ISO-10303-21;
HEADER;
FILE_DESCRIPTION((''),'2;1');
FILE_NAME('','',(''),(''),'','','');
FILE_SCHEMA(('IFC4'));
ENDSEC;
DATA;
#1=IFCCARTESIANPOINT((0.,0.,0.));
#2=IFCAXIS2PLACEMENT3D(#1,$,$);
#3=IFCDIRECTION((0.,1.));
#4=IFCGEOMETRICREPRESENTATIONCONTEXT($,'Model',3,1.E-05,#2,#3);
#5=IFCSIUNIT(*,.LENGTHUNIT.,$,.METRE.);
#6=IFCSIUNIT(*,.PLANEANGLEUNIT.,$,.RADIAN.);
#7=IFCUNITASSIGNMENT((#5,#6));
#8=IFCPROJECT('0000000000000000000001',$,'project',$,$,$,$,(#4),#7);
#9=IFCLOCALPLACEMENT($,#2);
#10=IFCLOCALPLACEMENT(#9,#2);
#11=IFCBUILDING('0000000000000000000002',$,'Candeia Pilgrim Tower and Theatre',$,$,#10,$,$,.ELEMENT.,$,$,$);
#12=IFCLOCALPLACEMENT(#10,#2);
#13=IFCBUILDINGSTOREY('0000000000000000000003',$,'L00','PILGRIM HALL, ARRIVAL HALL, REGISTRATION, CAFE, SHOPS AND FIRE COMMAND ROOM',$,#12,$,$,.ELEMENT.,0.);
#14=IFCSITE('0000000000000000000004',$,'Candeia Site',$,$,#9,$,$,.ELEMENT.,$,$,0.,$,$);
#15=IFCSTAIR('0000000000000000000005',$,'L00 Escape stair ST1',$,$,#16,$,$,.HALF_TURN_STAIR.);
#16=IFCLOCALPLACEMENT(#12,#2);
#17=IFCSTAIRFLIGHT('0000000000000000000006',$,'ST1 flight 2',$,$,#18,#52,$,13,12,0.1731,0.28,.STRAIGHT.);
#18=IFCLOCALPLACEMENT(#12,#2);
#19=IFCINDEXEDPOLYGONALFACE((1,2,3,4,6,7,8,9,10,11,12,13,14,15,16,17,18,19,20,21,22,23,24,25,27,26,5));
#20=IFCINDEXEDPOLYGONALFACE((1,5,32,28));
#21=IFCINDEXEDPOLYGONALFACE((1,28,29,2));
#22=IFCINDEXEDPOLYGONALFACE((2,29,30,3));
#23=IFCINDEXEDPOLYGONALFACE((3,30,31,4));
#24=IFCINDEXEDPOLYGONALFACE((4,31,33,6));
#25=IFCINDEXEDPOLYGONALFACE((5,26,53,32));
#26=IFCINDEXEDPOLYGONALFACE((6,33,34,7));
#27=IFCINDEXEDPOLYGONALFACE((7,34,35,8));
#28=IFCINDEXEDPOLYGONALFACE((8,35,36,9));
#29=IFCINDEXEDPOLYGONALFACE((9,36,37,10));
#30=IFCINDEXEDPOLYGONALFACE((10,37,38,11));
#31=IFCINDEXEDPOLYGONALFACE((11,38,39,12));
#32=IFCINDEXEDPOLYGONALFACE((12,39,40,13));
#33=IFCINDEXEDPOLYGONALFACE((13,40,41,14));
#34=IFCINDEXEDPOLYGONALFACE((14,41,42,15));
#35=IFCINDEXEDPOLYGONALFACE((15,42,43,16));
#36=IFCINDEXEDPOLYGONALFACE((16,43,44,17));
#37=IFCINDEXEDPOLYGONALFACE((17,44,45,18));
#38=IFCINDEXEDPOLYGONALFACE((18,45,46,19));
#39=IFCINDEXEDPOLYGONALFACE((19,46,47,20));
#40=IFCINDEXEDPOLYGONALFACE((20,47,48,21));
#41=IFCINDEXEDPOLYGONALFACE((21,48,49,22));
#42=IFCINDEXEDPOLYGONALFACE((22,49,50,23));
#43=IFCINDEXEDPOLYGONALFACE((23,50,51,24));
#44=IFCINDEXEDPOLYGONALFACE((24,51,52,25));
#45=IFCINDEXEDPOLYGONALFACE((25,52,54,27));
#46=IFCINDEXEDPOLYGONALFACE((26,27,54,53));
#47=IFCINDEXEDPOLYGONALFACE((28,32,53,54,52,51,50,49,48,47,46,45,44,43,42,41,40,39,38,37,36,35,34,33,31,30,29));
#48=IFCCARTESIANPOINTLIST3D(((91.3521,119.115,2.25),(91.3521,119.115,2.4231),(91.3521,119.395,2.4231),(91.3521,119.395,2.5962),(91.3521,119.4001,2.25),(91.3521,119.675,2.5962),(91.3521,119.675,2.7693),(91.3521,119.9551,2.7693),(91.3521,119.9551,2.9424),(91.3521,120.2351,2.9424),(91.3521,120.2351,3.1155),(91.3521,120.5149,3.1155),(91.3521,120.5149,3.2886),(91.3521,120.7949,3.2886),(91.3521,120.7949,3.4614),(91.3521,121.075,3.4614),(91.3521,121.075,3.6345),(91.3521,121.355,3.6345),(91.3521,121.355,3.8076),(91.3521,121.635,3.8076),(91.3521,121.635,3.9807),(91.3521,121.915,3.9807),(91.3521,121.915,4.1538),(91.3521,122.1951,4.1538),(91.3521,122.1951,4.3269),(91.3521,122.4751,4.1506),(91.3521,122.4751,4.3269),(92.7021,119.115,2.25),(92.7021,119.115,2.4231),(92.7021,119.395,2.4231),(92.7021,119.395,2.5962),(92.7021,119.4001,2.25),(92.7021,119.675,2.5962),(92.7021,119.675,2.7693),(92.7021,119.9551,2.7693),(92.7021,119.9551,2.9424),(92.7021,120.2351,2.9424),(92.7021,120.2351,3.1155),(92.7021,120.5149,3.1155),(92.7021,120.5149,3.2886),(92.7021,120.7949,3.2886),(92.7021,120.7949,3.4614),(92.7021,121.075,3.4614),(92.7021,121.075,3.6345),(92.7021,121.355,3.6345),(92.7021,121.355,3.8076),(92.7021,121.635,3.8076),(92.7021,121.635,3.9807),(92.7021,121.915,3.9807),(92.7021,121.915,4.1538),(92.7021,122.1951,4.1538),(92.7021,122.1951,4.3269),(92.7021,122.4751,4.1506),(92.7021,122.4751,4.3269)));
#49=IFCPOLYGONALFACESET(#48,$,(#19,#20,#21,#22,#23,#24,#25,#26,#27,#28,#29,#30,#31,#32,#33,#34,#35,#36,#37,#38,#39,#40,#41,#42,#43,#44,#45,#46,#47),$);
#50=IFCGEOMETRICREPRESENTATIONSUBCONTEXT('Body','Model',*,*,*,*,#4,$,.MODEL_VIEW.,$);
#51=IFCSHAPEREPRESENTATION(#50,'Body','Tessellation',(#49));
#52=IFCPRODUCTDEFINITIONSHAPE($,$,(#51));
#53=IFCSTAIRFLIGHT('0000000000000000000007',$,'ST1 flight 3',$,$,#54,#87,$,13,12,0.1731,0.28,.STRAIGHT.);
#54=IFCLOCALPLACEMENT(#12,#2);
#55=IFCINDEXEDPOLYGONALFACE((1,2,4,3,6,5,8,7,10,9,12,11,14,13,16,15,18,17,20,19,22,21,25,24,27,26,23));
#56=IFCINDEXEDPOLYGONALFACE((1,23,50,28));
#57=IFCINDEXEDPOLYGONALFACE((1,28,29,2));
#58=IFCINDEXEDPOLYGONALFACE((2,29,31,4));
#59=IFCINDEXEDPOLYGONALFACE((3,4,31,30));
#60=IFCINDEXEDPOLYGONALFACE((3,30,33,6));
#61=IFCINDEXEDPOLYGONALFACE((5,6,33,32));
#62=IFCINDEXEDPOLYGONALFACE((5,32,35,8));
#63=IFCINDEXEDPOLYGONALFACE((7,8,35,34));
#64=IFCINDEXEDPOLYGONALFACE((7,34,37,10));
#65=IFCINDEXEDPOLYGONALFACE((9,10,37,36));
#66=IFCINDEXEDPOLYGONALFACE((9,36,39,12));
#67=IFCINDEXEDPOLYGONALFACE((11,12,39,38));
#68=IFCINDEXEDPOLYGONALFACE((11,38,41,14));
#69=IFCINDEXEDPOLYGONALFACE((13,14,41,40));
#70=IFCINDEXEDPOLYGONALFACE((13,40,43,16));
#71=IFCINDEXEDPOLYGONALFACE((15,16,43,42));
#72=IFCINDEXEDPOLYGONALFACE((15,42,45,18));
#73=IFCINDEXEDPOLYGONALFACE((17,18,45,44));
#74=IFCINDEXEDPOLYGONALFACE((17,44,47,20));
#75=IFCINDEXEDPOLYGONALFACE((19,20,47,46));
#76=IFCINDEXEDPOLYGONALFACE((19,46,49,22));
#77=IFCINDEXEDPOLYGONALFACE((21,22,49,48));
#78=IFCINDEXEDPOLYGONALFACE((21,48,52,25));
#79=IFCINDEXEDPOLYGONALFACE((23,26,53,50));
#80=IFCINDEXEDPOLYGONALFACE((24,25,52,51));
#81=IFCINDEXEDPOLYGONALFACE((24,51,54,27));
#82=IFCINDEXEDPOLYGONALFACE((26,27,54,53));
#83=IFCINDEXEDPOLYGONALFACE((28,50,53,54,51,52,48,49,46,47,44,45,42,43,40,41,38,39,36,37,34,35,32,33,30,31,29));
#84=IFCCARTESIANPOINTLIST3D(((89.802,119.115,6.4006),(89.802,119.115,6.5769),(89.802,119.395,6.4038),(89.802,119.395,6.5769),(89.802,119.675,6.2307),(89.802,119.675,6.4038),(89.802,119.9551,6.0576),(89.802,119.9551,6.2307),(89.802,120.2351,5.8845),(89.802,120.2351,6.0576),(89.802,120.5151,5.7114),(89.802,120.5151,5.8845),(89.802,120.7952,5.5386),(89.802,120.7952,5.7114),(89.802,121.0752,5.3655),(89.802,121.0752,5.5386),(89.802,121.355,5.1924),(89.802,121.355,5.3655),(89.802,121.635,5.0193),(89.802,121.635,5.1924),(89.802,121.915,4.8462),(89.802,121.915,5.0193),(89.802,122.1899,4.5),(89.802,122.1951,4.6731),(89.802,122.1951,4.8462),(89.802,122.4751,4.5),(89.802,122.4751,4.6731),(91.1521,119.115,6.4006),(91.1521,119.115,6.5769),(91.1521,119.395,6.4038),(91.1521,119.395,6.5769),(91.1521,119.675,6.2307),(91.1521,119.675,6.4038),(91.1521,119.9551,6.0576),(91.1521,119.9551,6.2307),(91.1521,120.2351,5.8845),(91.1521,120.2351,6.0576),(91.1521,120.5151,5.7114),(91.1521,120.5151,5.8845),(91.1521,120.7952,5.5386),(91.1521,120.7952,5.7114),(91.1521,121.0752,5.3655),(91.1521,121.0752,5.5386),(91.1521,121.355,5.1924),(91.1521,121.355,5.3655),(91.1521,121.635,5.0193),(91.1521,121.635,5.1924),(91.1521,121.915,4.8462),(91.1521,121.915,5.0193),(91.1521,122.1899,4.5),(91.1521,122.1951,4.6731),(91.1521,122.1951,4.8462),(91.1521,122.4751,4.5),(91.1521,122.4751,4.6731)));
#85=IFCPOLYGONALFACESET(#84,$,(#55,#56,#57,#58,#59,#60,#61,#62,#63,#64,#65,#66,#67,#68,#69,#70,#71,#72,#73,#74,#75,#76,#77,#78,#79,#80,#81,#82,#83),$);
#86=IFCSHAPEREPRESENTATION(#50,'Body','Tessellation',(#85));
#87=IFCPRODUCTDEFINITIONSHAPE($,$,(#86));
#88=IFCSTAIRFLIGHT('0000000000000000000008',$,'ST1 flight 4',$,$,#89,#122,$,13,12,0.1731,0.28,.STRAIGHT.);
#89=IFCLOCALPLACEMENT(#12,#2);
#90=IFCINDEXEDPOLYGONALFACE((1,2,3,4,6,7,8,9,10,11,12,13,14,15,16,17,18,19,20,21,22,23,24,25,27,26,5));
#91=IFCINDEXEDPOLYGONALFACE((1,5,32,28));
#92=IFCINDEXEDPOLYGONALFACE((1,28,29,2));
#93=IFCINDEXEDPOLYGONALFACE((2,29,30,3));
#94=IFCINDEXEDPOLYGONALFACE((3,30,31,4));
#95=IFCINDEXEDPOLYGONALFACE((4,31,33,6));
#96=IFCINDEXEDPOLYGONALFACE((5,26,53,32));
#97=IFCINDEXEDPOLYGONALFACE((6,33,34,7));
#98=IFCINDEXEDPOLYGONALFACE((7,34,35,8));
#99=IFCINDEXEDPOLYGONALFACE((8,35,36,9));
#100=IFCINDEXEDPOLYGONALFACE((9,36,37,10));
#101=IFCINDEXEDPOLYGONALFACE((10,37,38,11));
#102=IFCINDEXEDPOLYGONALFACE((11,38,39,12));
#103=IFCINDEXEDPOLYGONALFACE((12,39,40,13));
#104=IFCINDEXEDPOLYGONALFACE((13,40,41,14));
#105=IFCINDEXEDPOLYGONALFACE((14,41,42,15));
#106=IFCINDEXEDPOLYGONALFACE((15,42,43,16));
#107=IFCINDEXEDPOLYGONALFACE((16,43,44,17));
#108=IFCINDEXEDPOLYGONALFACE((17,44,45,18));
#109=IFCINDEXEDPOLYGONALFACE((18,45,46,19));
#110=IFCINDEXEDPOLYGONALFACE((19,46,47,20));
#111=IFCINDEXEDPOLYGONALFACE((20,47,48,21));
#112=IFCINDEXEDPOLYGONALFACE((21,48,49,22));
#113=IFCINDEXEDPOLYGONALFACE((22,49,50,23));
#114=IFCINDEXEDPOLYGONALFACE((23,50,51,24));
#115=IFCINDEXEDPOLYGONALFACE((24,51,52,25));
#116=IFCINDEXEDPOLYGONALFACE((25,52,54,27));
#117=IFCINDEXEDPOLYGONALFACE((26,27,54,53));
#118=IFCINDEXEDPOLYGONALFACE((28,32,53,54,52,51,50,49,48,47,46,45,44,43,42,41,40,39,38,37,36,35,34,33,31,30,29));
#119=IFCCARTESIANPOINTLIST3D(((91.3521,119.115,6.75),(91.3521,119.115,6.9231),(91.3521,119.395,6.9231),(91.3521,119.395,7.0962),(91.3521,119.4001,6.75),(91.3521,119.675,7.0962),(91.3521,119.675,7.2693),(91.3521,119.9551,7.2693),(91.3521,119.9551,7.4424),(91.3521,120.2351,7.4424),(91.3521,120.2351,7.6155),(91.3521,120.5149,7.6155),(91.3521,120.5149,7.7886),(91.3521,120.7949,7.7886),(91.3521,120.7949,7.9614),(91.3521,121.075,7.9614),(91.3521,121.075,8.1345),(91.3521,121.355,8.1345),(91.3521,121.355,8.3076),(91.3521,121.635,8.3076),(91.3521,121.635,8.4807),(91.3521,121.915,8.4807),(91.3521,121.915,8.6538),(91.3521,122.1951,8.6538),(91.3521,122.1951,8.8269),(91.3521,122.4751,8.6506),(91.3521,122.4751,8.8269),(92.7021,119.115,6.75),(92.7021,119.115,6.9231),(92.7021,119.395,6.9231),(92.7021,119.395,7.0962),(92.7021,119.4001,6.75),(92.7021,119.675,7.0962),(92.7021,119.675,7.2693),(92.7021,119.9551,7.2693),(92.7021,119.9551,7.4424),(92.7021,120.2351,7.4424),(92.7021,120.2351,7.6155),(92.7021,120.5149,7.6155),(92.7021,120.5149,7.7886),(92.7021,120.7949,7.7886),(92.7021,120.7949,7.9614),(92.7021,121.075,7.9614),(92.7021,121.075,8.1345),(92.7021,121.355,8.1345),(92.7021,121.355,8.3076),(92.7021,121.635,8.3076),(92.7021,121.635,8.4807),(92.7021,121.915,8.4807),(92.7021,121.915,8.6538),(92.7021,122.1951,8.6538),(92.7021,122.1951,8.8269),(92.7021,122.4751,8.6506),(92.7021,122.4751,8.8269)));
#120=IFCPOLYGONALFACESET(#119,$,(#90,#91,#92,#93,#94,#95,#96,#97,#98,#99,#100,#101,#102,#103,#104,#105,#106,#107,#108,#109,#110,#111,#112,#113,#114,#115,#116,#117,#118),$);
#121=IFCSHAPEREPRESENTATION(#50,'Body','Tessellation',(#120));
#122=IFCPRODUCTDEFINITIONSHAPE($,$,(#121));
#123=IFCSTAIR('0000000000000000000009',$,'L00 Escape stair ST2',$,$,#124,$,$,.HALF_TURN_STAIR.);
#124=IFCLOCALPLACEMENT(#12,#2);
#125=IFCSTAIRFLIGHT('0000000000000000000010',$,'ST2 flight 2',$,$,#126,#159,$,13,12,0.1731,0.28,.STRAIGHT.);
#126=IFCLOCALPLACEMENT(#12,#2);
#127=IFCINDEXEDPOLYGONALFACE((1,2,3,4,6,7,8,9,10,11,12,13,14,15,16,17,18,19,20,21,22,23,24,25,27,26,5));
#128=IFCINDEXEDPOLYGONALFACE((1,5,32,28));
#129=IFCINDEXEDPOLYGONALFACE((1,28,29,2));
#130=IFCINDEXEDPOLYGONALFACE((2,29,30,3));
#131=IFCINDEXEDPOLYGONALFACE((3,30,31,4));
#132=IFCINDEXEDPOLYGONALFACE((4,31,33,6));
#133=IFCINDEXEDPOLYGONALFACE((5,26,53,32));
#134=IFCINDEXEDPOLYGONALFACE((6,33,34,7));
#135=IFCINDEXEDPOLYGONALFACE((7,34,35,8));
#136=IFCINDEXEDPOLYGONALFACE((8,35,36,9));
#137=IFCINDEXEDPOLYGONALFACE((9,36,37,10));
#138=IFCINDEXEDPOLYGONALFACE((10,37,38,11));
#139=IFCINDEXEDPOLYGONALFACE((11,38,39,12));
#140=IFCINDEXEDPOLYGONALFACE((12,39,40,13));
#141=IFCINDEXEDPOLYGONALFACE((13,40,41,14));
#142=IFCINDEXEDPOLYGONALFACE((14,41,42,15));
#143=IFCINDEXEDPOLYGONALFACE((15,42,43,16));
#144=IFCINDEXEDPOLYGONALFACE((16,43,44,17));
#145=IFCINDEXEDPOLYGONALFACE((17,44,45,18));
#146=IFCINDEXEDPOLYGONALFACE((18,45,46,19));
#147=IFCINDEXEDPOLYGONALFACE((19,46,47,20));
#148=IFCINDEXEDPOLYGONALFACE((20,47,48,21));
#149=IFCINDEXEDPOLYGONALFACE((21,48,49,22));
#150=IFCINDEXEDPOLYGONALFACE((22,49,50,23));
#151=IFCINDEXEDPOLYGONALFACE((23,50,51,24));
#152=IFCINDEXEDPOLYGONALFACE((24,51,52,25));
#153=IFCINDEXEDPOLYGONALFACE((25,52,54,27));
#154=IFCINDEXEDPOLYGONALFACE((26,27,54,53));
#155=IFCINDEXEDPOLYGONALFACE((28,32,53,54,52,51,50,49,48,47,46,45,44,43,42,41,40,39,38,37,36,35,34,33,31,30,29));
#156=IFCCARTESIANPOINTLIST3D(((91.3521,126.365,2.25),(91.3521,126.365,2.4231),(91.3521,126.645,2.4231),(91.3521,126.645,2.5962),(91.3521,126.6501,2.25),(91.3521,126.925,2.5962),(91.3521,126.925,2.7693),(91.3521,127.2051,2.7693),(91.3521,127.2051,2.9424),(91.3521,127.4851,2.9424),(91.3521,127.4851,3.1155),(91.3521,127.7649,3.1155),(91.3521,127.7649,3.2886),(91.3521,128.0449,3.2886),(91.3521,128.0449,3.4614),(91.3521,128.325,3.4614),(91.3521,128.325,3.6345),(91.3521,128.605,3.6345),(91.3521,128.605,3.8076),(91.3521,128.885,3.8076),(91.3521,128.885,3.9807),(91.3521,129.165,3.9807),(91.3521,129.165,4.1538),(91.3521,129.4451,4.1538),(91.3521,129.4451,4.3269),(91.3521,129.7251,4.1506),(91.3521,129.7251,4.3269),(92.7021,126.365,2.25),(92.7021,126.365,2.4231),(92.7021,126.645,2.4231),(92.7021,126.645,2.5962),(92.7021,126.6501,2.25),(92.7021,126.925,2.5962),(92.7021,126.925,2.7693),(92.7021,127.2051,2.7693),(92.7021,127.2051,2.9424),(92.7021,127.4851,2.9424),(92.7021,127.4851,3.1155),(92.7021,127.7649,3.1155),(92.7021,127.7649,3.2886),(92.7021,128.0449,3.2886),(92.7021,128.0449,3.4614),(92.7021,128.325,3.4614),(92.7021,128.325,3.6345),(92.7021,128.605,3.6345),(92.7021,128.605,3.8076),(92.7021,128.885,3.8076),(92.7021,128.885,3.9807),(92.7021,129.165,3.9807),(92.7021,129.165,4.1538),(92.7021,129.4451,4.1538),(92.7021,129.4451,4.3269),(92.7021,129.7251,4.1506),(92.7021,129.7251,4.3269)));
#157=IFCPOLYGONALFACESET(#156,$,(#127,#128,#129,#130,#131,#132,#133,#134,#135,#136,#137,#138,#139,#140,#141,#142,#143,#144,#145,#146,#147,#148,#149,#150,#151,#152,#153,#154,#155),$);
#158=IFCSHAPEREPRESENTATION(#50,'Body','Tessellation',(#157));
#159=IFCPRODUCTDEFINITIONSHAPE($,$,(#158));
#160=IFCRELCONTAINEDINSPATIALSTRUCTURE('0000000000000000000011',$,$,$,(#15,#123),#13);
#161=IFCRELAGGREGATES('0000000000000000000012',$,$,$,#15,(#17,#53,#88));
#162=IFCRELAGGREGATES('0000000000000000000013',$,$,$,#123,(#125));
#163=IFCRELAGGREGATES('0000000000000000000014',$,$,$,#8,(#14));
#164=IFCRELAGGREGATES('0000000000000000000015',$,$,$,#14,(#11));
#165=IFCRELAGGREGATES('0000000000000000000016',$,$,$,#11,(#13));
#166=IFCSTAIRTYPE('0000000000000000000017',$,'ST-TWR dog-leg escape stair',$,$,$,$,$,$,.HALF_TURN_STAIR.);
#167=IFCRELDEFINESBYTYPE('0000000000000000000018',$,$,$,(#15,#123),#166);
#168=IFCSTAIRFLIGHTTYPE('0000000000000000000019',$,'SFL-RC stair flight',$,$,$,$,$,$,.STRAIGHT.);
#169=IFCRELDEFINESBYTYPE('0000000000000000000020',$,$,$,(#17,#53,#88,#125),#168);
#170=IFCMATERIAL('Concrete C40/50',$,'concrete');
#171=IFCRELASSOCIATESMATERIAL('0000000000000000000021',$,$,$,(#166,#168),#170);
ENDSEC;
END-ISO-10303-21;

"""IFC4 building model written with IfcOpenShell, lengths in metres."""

from ifc_helpers import new_model, si_unit, direction, frame, origin, place, context, subcontext, project, spatial, polyline, outline, extrude, material, type_object, element, aggregate, save


model = new_model("IFC4")

# Units and contexts
model_context = context("Model", 3, precision=1e-05, world=origin(), true_north=direction((0.0, 1.0)))
body_context = subcontext(model_context, "Body", "Model", "MODEL_VIEW")
ifc_project = project(units=[si_unit("LENGTHUNIT", "METRE"), si_unit("PLANEANGLEUNIT", "RADIAN")], contexts=[model_context])

# Site, building, storey
site_placement = place(None, origin())
site = spatial("IfcSite", under=ifc_project, at=site_placement, Name="Candeia Site", CompositionType="ELEMENT", RefElevation=0.0)
building_placement = place(site_placement, origin())
building = spatial("IfcBuilding", under=site, at=building_placement, Name="Candeia Pilgrim Tower and Theatre", CompositionType="ELEMENT")
storey_placement = place(building_placement, origin())
storey = spatial("IfcBuildingStorey", under=building, at=storey_placement, Name="L00", Description="PILGRIM HALL, ARRIVAL HALL, REGISTRATION, CAFE, SHOPS AND FIRE COMMAND ROOM", CompositionType="ELEMENT", Elevation=0.0)

# Shared definitions
ifc_material_1 = material(Name="Concrete C40/50", Category="concrete")

# Stairs, stair flights
stair_type = type_object("IfcStairType", Name="ST-TWR dog-leg escape stair", PredefinedType="HALF_TURN_STAIR", material=ifc_material_1)
stair_1_placement = place(storey_placement, origin())
stair_1 = element("IfcStair", 1, at=stair_1_placement, inside=storey, type_object=stair_type, Name="L00 Escape stair ST1", PredefinedType="HALF_TURN_STAIR")
stair_flight_type = type_object("IfcStairFlightType", Name="SFL-RC stair flight", PredefinedType="STRAIGHT", material=ifc_material_1)
stair_flight_1_placement = place(storey_placement, frame((92.0271, 119.115, 2.25), z_axis=(0.0, 0.0, 1.0), x_axis=(0.0, 1.0, 0.0)))
stair_flight_1 = element("IfcStairFlight", 2, at=stair_flight_1_placement, type_object=stair_flight_type, Name="ST1 flight 2", NumberOfRisers=13, NumberOfTreads=12, PredefinedType="STRAIGHT", RiserHeight=0.1731, TreadLength=0.28, context=body_context, shape_type="SweptSolid", body=[
    extrude(outline(polyline([(0.0, 0.0), (0.0, 0.1731), (0.28, 0.1731), (0.28, 0.3462), (0.5601, 0.3462), (0.5601, 0.5193), (0.8401, 0.5193), (0.8401, 0.6924), (1.1201, 0.6924), (1.1201, 0.8655), (1.3999, 0.8655), (1.3999, 1.0386), (1.6799, 1.0386), (1.6799, 1.2114), (1.96, 1.2114), (1.96, 1.3845), (2.24, 1.3845), (2.24, 1.5576), (2.52, 1.5576), (2.52, 1.7307), (2.8, 1.7307), (2.8, 1.9038), (3.0801, 1.9038), (3.0801, 2.0769), (3.3601, 2.0769), (3.3601, 2.25), (3.3601, 1.9006), (0.2852, 0.0), (0.0, 0.0)])), frame((0.0, 0.675, 0.0), z_axis=(0.0, -1.0, 0.0), x_axis=(1.0, 0.0, 0.0)), (0.0, 0.0, 1.0), 1.3501),
])
stair_flight_2_placement = place(storey_placement, frame((90.4771, 122.4751, 4.5), z_axis=(0.0, 0.0, 1.0), x_axis=(0.0, -1.0, 0.0)))
stair_flight_2 = element("IfcStairFlight", 3, at=stair_flight_2_placement, type_object=stair_flight_type, Name="ST1 flight 3", NumberOfRisers=13, NumberOfTreads=12, PredefinedType="STRAIGHT", RiserHeight=0.1731, TreadLength=0.28, context=body_context, shape_type="SweptSolid", body=[
    extrude(outline(polyline([(0.0, 0.0), (0.0, 0.1731), (0.28, 0.1731), (0.28, 0.3462), (0.5601, 0.3462), (0.5601, 0.5193), (0.8401, 0.5193), (0.8401, 0.6924), (1.1201, 0.6924), (1.1201, 0.8655), (1.3999, 0.8655), (1.3999, 1.0386), (1.6799, 1.0386), (1.6799, 1.2114), (1.96, 1.2114), (1.96, 1.3845), (2.24, 1.3845), (2.24, 1.5576), (2.52, 1.5576), (2.52, 1.7307), (2.8, 1.7307), (2.8, 1.9038), (3.0801, 1.9038), (3.0801, 2.0769), (3.3601, 2.0769), (3.3601, 2.25), (3.3601, 1.9006), (0.2852, 0.0), (0.0, 0.0)])), frame((0.0, 0.675, 0.0), z_axis=(0.0, -1.0, 0.0), x_axis=(1.0, 0.0, 0.0)), (0.0, 0.0, 1.0), 1.3501),
])
stair_flight_3_placement = place(storey_placement, frame((92.0271, 119.115, 6.75), z_axis=(0.0, 0.0, 1.0), x_axis=(0.0, 1.0, 0.0)))
stair_flight_3 = element("IfcStairFlight", 4, at=stair_flight_3_placement, type_object=stair_flight_type, Name="ST1 flight 4", NumberOfRisers=13, NumberOfTreads=12, PredefinedType="STRAIGHT", RiserHeight=0.1731, TreadLength=0.28, context=body_context, shape_type="SweptSolid", body=[
    extrude(outline(polyline([(0.0, 0.0), (0.0, 0.1731), (0.28, 0.1731), (0.28, 0.3462), (0.5601, 0.3462), (0.5601, 0.5193), (0.8401, 0.5193), (0.8401, 0.6924), (1.1201, 0.6924), (1.1201, 0.8655), (1.3999, 0.8655), (1.3999, 1.0386), (1.6799, 1.0386), (1.6799, 1.2114), (1.96, 1.2114), (1.96, 1.3845), (2.24, 1.3845), (2.24, 1.5576), (2.52, 1.5576), (2.52, 1.7307), (2.8, 1.7307), (2.8, 1.9038), (3.0801, 1.9038), (3.0801, 2.0769), (3.3601, 2.0769), (3.3601, 2.25), (3.3601, 1.9006), (0.2852, 0.0), (0.0, 0.0)])), frame((0.0, 0.675, 0.0), z_axis=(0.0, -1.0, 0.0), x_axis=(1.0, 0.0, 0.0)), (0.0, 0.0, 1.0), 1.3501),
])
aggregate(stair_1, [stair_flight_1, stair_flight_2, stair_flight_3])
stair_2_placement = place(storey_placement, origin())
stair_2 = element("IfcStair", 5, at=stair_2_placement, inside=storey, type_object=stair_type, Name="L00 Escape stair ST2", PredefinedType="HALF_TURN_STAIR")
stair_flight_4_placement = place(storey_placement, frame((92.0271, 126.365, 2.25), z_axis=(0.0, 0.0, 1.0), x_axis=(0.0, 1.0, 0.0)))
stair_flight_4 = element("IfcStairFlight", 6, at=stair_flight_4_placement, type_object=stair_flight_type, Name="ST2 flight 2", NumberOfRisers=13, NumberOfTreads=12, PredefinedType="STRAIGHT", RiserHeight=0.1731, TreadLength=0.28, context=body_context, shape_type="SweptSolid", body=[
    extrude(outline(polyline([(0.0, 0.0), (0.0, 0.1731), (0.28, 0.1731), (0.28, 0.3462), (0.5601, 0.3462), (0.5601, 0.5193), (0.8401, 0.5193), (0.8401, 0.6924), (1.1201, 0.6924), (1.1201, 0.8655), (1.3999, 0.8655), (1.3999, 1.0386), (1.6799, 1.0386), (1.6799, 1.2114), (1.96, 1.2114), (1.96, 1.3845), (2.24, 1.3845), (2.24, 1.5576), (2.52, 1.5576), (2.52, 1.7307), (2.8, 1.7307), (2.8, 1.9038), (3.0801, 1.9038), (3.0801, 2.0769), (3.3601, 2.0769), (3.3601, 2.25), (3.3601, 1.9006), (0.2852, 0.0), (0.0, 0.0)])), frame((0.0, 0.675, 0.0), z_axis=(0.0, -1.0, 0.0), x_axis=(1.0, 0.0, 0.0)), (0.0, 0.0, 1.0), 1.3501),
])
aggregate(stair_2, [stair_flight_4])

save(model, "model.ifc")
